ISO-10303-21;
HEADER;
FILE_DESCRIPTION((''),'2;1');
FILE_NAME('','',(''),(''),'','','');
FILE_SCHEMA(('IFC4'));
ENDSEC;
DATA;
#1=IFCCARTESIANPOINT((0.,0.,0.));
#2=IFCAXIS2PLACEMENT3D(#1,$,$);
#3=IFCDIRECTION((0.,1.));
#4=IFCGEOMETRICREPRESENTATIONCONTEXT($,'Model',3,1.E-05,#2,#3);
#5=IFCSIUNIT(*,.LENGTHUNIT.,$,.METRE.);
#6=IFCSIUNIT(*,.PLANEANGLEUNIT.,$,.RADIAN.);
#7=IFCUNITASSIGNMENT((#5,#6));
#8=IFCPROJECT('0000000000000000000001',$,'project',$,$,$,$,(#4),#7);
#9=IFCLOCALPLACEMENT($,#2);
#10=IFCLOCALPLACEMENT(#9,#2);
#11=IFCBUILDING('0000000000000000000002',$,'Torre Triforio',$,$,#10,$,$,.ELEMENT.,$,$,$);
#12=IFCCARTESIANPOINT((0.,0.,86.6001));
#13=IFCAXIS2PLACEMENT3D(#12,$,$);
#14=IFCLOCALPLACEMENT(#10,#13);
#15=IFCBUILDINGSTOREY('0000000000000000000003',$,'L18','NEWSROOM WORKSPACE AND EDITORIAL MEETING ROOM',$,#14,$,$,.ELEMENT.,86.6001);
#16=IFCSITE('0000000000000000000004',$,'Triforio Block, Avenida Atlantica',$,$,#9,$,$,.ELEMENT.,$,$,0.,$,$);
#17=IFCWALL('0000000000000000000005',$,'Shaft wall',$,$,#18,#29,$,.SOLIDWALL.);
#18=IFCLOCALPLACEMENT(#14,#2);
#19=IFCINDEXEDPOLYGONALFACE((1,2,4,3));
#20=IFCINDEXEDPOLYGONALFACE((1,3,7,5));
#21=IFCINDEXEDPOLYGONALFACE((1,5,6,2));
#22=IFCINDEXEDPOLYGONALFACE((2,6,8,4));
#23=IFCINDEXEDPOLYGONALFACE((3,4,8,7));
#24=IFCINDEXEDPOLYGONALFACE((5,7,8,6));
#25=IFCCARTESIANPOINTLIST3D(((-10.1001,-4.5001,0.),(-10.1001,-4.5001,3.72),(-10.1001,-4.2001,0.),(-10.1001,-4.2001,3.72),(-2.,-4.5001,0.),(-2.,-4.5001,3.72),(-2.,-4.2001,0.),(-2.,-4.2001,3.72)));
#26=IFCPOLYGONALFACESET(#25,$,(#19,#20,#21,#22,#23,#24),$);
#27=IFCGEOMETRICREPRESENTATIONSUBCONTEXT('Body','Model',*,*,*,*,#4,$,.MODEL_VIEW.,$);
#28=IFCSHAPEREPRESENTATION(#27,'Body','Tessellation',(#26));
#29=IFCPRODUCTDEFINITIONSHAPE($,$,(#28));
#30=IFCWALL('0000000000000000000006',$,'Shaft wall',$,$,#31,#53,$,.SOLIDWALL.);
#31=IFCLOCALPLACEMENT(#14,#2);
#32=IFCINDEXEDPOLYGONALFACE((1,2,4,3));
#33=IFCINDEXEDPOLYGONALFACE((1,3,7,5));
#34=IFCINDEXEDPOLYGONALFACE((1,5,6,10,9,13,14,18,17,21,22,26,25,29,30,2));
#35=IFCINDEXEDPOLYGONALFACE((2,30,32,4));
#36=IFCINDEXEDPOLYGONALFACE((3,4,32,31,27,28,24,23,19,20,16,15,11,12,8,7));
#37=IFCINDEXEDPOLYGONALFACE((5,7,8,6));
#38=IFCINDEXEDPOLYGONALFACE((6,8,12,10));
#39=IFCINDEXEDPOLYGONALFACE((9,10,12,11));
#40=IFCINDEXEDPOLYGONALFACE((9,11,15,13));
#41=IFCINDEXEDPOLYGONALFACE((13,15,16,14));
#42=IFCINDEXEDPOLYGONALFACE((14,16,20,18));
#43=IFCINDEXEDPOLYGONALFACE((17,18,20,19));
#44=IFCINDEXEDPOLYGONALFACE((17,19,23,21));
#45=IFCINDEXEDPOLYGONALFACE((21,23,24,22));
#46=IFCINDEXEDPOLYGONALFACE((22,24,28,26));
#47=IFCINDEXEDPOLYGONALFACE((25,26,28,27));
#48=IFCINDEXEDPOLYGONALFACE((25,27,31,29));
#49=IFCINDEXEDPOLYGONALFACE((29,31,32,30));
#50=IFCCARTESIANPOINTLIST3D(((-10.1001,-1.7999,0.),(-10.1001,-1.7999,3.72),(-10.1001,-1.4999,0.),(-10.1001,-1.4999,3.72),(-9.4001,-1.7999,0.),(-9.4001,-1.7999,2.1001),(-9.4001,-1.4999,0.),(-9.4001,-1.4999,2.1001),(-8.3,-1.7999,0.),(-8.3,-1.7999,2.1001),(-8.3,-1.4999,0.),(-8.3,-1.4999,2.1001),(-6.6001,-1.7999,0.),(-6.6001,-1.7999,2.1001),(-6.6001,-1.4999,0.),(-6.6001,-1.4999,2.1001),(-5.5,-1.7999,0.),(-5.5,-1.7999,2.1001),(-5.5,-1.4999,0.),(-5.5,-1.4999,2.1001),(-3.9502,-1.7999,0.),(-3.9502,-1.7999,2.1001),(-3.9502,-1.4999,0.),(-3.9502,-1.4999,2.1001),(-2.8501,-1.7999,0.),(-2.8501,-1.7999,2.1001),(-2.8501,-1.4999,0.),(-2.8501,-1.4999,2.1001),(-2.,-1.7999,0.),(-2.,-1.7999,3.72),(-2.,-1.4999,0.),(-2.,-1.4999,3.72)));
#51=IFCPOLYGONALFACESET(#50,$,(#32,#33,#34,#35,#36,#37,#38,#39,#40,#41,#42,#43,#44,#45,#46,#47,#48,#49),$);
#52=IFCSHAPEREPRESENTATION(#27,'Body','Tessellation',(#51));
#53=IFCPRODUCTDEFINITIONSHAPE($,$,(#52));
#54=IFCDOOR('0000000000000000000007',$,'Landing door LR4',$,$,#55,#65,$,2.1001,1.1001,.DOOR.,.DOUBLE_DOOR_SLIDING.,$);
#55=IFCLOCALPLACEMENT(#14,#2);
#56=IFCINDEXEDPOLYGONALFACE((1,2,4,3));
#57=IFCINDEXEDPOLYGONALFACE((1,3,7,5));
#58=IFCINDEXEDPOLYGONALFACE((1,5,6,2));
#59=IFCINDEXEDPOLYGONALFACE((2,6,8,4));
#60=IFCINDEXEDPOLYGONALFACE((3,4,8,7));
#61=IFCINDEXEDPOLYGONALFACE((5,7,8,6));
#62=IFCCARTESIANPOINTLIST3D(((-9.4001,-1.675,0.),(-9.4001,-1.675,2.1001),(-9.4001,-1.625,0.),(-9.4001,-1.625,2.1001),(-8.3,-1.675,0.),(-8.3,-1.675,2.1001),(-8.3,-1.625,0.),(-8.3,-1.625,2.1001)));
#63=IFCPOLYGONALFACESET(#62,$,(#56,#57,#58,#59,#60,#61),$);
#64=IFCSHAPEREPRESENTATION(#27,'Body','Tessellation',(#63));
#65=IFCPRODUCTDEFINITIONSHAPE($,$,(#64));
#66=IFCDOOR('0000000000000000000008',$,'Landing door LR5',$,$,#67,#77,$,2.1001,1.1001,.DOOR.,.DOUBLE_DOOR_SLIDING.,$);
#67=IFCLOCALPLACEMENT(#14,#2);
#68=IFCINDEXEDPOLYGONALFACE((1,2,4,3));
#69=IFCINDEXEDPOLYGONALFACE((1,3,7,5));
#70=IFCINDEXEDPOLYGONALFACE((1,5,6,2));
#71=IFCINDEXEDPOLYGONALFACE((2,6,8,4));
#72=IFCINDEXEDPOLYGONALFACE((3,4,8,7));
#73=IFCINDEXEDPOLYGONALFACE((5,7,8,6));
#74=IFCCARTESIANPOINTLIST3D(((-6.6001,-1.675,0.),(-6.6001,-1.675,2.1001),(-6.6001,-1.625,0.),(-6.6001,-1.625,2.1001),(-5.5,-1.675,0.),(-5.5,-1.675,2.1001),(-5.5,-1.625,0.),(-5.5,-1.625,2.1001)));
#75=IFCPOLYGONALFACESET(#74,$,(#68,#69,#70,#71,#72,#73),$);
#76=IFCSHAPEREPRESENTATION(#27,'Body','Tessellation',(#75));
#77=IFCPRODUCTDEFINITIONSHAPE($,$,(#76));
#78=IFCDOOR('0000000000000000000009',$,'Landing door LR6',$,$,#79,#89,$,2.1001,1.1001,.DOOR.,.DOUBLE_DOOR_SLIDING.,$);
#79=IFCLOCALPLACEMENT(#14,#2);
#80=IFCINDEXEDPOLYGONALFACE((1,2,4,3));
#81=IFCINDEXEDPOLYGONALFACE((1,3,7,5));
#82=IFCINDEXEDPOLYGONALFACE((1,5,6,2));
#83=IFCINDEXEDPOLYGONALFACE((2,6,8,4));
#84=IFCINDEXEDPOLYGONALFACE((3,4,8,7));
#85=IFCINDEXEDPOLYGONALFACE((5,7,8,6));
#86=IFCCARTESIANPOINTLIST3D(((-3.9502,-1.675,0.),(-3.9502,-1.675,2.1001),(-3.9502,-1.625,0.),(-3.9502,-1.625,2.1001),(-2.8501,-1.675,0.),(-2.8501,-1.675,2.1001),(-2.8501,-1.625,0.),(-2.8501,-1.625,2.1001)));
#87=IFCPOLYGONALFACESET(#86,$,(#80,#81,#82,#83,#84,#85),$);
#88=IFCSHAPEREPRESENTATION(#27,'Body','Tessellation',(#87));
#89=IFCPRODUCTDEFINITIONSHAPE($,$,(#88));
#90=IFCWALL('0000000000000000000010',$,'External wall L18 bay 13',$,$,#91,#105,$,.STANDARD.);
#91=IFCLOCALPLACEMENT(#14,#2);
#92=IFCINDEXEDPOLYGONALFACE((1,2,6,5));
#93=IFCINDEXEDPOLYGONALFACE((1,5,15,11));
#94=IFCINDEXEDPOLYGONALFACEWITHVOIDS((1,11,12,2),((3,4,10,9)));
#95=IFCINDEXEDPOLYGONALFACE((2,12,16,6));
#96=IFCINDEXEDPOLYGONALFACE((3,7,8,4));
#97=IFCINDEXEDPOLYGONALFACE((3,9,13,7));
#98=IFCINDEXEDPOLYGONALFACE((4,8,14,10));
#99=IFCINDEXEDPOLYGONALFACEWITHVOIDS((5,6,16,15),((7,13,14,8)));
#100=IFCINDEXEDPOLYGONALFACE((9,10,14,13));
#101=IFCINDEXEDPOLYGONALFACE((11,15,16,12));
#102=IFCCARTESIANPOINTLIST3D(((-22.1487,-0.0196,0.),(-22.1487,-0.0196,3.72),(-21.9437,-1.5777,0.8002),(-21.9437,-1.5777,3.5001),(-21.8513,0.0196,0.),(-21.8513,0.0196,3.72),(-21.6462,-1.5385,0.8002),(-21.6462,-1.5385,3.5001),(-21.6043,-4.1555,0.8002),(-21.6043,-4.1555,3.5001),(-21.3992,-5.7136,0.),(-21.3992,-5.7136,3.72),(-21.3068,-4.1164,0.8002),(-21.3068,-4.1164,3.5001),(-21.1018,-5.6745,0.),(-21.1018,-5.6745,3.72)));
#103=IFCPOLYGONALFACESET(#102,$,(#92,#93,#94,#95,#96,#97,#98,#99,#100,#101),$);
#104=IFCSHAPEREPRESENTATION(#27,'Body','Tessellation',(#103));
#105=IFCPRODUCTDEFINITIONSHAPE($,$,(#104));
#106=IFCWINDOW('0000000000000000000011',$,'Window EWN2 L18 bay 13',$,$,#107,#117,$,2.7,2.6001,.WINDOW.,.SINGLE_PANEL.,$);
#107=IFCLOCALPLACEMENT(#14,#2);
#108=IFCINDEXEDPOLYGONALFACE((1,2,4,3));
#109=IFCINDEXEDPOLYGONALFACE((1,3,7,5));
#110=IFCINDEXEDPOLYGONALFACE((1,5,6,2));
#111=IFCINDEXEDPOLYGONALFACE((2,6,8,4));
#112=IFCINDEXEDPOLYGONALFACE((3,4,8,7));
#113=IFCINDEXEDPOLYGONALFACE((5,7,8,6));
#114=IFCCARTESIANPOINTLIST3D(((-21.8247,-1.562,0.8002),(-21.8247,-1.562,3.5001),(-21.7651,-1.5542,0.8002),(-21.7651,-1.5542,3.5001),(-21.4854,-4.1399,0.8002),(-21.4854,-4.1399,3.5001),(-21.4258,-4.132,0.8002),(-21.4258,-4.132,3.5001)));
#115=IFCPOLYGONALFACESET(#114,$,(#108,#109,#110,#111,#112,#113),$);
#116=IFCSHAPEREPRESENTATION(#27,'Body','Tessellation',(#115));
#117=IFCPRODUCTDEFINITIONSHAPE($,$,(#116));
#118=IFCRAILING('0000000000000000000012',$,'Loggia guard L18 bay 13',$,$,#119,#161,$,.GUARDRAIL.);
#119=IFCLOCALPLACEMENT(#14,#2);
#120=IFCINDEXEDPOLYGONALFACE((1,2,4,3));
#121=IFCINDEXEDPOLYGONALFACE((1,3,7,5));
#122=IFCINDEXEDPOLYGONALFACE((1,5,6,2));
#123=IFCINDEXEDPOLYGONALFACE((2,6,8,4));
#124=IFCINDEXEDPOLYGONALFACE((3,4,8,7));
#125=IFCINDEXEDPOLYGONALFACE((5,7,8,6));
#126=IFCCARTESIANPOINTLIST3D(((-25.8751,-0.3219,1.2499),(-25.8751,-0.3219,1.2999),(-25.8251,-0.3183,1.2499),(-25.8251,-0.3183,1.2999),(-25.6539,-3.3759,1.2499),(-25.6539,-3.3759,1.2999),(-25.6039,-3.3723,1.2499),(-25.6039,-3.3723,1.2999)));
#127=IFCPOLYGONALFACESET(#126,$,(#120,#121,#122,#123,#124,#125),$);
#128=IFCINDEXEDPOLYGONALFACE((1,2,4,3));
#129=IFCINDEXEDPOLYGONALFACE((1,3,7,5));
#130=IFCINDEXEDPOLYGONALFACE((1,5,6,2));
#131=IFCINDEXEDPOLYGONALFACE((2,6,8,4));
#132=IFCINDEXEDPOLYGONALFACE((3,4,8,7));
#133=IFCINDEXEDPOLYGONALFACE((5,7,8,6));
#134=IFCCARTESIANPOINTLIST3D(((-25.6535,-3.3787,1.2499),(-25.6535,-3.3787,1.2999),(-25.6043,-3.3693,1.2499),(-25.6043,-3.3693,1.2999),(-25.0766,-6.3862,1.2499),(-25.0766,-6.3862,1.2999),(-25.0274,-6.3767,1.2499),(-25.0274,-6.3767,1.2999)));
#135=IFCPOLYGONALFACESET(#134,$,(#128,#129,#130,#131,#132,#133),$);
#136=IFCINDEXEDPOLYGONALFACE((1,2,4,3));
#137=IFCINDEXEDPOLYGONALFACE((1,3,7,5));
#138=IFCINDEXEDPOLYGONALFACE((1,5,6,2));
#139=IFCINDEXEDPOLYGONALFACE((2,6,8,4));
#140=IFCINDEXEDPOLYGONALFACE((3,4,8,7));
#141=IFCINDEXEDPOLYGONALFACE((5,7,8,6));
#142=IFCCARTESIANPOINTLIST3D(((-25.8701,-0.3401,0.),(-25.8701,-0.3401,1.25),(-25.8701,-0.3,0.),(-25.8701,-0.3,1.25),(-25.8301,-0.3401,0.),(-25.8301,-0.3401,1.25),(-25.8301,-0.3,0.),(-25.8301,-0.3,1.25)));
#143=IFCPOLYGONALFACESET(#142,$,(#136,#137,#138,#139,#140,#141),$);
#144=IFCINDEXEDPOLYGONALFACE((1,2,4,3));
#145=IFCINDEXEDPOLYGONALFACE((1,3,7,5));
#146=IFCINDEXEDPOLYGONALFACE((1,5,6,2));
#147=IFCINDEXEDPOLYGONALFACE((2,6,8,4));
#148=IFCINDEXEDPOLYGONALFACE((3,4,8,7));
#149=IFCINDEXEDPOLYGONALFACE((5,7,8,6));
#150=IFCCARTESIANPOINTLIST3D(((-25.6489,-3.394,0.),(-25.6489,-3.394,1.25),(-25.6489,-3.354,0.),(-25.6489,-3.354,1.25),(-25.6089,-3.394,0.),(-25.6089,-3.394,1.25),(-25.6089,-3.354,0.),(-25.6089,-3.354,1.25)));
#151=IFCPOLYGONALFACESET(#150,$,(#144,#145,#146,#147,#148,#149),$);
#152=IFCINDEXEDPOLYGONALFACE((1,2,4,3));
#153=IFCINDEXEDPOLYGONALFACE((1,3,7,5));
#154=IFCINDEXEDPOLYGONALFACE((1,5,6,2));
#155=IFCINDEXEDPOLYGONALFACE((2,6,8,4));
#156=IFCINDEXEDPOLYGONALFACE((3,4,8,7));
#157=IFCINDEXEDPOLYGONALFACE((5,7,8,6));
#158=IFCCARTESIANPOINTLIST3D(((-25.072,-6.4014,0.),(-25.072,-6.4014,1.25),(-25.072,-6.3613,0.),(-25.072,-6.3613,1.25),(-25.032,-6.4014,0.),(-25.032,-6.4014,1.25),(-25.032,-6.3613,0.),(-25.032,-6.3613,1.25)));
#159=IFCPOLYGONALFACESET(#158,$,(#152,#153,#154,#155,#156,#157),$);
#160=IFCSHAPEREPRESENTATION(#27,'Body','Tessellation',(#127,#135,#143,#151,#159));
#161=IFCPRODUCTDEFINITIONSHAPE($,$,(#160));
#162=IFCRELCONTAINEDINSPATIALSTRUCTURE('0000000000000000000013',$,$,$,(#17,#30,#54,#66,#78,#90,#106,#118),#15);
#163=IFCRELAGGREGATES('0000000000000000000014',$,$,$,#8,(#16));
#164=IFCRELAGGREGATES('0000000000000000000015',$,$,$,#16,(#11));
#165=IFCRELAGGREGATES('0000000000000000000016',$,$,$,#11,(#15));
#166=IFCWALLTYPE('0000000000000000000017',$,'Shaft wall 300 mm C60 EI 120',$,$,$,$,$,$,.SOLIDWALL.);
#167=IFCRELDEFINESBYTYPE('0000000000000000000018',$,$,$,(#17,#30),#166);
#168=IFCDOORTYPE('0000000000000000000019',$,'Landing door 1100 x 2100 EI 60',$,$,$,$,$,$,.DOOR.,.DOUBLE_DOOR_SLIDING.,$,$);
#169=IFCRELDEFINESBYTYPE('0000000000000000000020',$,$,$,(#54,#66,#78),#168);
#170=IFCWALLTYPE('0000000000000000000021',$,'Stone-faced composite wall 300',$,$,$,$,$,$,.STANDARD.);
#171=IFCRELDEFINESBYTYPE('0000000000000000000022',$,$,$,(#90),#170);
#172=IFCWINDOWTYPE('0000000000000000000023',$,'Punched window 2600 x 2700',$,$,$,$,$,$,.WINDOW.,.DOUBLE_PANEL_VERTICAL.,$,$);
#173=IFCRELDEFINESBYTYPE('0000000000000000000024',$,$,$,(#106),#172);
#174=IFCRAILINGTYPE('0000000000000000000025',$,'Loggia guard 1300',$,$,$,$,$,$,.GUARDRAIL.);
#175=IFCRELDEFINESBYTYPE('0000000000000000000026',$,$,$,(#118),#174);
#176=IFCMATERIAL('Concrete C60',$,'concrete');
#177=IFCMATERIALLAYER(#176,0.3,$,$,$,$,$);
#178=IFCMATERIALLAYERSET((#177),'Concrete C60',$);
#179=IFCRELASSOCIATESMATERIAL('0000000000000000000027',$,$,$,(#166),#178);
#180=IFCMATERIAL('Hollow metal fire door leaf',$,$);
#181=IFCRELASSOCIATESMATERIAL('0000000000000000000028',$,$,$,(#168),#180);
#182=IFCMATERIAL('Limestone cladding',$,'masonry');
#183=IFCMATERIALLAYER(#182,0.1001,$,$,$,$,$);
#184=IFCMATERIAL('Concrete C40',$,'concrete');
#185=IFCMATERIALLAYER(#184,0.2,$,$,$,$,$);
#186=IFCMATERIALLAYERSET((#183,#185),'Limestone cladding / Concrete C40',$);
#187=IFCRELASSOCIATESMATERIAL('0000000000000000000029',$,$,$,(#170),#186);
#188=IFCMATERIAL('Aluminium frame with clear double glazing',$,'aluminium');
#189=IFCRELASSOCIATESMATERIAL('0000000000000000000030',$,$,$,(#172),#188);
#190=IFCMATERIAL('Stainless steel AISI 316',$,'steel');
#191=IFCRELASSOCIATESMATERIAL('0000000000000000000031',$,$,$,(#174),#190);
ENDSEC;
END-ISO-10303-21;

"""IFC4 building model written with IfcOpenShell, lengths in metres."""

from ifc_helpers import new_model, si_unit, direction, frame, frame_2d, origin, origin_2d, place, context, subcontext, project, spatial, rectangle, extrude, material, layer, layer_set, type_object, element, fill, save


model = new_model("IFC4")

# Units and contexts
model_context = context("Model", 3, precision=1e-05, world=origin(), true_north=direction((0.0, 1.0)))
body_context = subcontext(model_context, "Body", "Model", "MODEL_VIEW")
ifc_project = project(units=[si_unit("LENGTHUNIT", "METRE"), si_unit("PLANEANGLEUNIT", "RADIAN")], contexts=[model_context])

# Site, building, storey
site_placement = place(None, origin())
site = spatial("IfcSite", under=ifc_project, at=site_placement, Name="Triforio Block, Avenida Atlantica", CompositionType="ELEMENT", RefElevation=0.0)
building_placement = place(site_placement, origin())
building = spatial("IfcBuilding", under=site, at=building_placement, Name="Torre Triforio", CompositionType="ELEMENT")
storey_placement = place(building_placement, frame((0.0, 0.0, 86.6001)))
storey = spatial("IfcBuildingStorey", under=building, at=storey_placement, Name="L18", Description="NEWSROOM WORKSPACE AND EDITORIAL MEETING ROOM", CompositionType="ELEMENT", Elevation=86.6001)

# Shared definitions
ifc_material_1 = material(Name="Concrete C60", Category="concrete")

# Shared definitions
ifc_material_2 = material(Name="Hollow metal fire door leaf")

# Wall
ifc_material_3 = material(Name="Limestone cladding", Category="masonry")
ifc_material_4 = material(Name="Concrete C40", Category="concrete")
ifc_layer_1 = layer(ifc_material_1, 0.3)
ifc_layer_set_1 = layer_set([ifc_layer_1], Name="Concrete C60")
wall_type_1 = type_object("IfcWallType", Name="Shaft wall 300 mm C60 EI 120", PredefinedType="SOLIDWALL", material=ifc_layer_set_1)
wall_1_placement = place(storey_placement, frame((-10.1001, -4.3501, 0.0), z_axis=(0.0, 0.0, 1.0), x_axis=(1.0, 0.0, 0.0)))
element("IfcWall", 1, at=wall_1_placement, inside=storey, type_object=wall_type_1, Name="Shaft wall", PredefinedType="SOLIDWALL", context=body_context, shape_type="SweptSolid", body=[
    extrude(rectangle(XDim=8.1001, YDim=0.3, at=frame_2d((4.05, 0.0))), origin(), (0.0, 0.0, 1.0), 3.72),
])

# Wall, openings, doors
wall_2_placement = place(storey_placement, frame((-10.1001, -1.6499, 0.0), z_axis=(0.0, 0.0, 1.0), x_axis=(1.0, 0.0, 0.0)))
wall_2 = element("IfcWall", 2, at=wall_2_placement, inside=storey, type_object=wall_type_1, Name="Shaft wall", PredefinedType="SOLIDWALL", context=body_context, shape_type="SweptSolid", body=[
    extrude(rectangle(XDim=8.1001, YDim=0.3, at=frame_2d((4.05, 0.0))), origin(), (0.0, 0.0, 1.0), 3.72),
])
opening_1_placement = place(wall_2_placement, frame((0.7, 0.0, 0.0)))
opening_1 = element("IfcOpeningElement", 3, at=opening_1_placement, cuts=wall_2, PredefinedType="OPENING", context=body_context, shape_type="SweptSolid", body=[
    extrude(rectangle(XDim=1.1001, YDim=2.1001, at=frame_2d((0.55, 1.05))), frame((0.0, 0.1599, 0.0), z_axis=(0.0, -1.0, 0.0), x_axis=(1.0, 0.0, 0.0)), (0.0, 0.0, 1.0), 0.3201),
])
opening_2_placement = place(wall_2_placement, frame((3.5, 0.0, 0.0)))
opening_2 = element("IfcOpeningElement", 4, at=opening_2_placement, cuts=wall_2, PredefinedType="OPENING", context=body_context, shape_type="SweptSolid", body=[
    extrude(rectangle(XDim=1.1001, YDim=2.1001, at=frame_2d((0.55, 1.05))), frame((0.0, 0.1599, 0.0), z_axis=(0.0, -1.0, 0.0), x_axis=(1.0, 0.0, 0.0)), (0.0, 0.0, 1.0), 0.3201),
])
opening_3_placement = place(wall_2_placement, frame((6.1499, 0.0, 0.0)))
opening_3 = element("IfcOpeningElement", 5, at=opening_3_placement, cuts=wall_2, PredefinedType="OPENING", context=body_context, shape_type="SweptSolid", body=[
    extrude(rectangle(XDim=1.1001, YDim=2.1001, at=frame_2d((0.55, 1.05))), frame((0.0, 0.1599, 0.0), z_axis=(0.0, -1.0, 0.0), x_axis=(1.0, 0.0, 0.0)), (0.0, 0.0, 1.0), 0.3201),
])
door_type_1 = type_object("IfcDoorType", Name="Landing door 1100 x 2100 EI 60", OperationType="DOUBLE_DOOR_SLIDING", PredefinedType="DOOR", material=ifc_material_2)
door_1_placement = place(opening_1_placement, origin())
door_1 = element("IfcDoor", 6, at=door_1_placement, inside=storey, type_object=door_type_1, Name="Landing door LR4", OperationType="DOUBLE_DOOR_SLIDING", OverallHeight=2.1001, OverallWidth=1.1001, PredefinedType="DOOR", context=body_context, shape_type="SweptSolid", body=[
    extrude(rectangle(XDim=1.1001, YDim=2.1001, at=frame_2d((0.55, 1.05))), frame((0.0, 0.0249, 0.0), z_axis=(0.0, -1.0, 0.0), x_axis=(1.0, 0.0, 0.0)), (0.0, 0.0, 1.0), 0.05),
])
fill(opening_1, door_1)
door_2_placement = place(opening_2_placement, origin())
door_2 = element("IfcDoor", 7, at=door_2_placement, inside=storey, type_object=door_type_1, Name="Landing door LR5", OperationType="DOUBLE_DOOR_SLIDING", OverallHeight=2.1001, OverallWidth=1.1001, PredefinedType="DOOR", context=body_context, shape_type="SweptSolid", body=[
    extrude(rectangle(XDim=1.1001, YDim=2.1001, at=frame_2d((0.55, 1.05))), frame((0.0, 0.0249, 0.0), z_axis=(0.0, -1.0, 0.0), x_axis=(1.0, 0.0, 0.0)), (0.0, 0.0, 1.0), 0.05),
])
fill(opening_2, door_2)
door_3_placement = place(opening_3_placement, origin())
door_3 = element("IfcDoor", 8, at=door_3_placement, inside=storey, type_object=door_type_1, Name="Landing door LR6", OperationType="DOUBLE_DOOR_SLIDING", OverallHeight=2.1001, OverallWidth=1.1001, PredefinedType="DOOR", context=body_context, shape_type="SweptSolid", body=[
    extrude(rectangle(XDim=1.1001, YDim=2.1001, at=frame_2d((0.55, 1.05))), frame((0.0, 0.0249, 0.0), z_axis=(0.0, -1.0, 0.0), x_axis=(1.0, 0.0, 0.0)), (0.0, 0.0, 1.0), 0.05),
])
fill(opening_3, door_3)

# Wall, opening, window
ifc_layer_2 = layer(ifc_material_3, 0.1001)
ifc_layer_3 = layer(ifc_material_4, 0.2)
ifc_layer_set_2 = layer_set([ifc_layer_2, ifc_layer_3], Name="Limestone cladding / Concrete C40")
wall_type_2 = type_object("IfcWallType", Name="Stone-faced composite wall 300", PredefinedType="STANDARD", material=ifc_layer_set_2)
wall_3_placement = place(storey_placement, frame((-22.0, 0.0, 0.0), z_axis=(0.0, 0.0, 1.0), x_axis=(0.130504, -0.991448, 0.0)))
wall_3 = element("IfcWall", 9, at=wall_3_placement, inside=storey, type_object=wall_type_2, Name="External wall L18 bay 13", PredefinedType="STANDARD", context=body_context, shape_type="SweptSolid", body=[
    extrude(rectangle(XDim=5.7432, YDim=0.3, at=frame_2d((2.8716, 0.0))), origin(), (0.0, 0.0, 1.0), 3.72),
])
opening_4_placement = place(wall_3_placement, frame((1.5715, 0.0, 0.8)))
opening_4 = element("IfcOpeningElement", 10, at=opening_4_placement, cuts=wall_3, PredefinedType="OPENING", context=body_context, shape_type="SweptSolid", body=[
    extrude(rectangle(XDim=2.6001, YDim=2.7, at=frame_2d((1.3, 1.3501))), frame((0.0, 0.1599, 0.0), z_axis=(0.0, -1.0, 0.0), x_axis=(1.0, 0.0, 0.0)), (0.0, 0.0, 1.0), 0.3201),
])
ifc_material_5 = material(Name="Aluminium frame with clear double glazing", Category="aluminium")
window_type_1 = type_object("IfcWindowType", Name="Punched window 2600 x 2700", PartitioningType="DOUBLE_PANEL_VERTICAL", PredefinedType="WINDOW", material=ifc_material_5)
window_1_placement = place(opening_4_placement, origin())
window_1 = element("IfcWindow", 11, at=window_1_placement, inside=storey, type_object=window_type_1, Name="Window EWN2 L18 bay 13", OverallHeight=2.7, OverallWidth=2.6001, PartitioningType="SINGLE_PANEL", PredefinedType="WINDOW", context=body_context, shape_type="SweptSolid", body=[
    extrude(rectangle(XDim=2.6001, YDim=2.7, at=frame_2d((1.3, 1.3501))), frame((0.0, 0.03, 0.0), z_axis=(0.0, -1.0, 0.0), x_axis=(1.0, 0.0, 0.0)), (0.0, 0.0, 1.0), 0.0601),
])
fill(opening_4, window_1)

# Railing
ifc_material_6 = material(Name="Stainless steel AISI 316", Category="steel")
railing_type = type_object("IfcRailingType", Name="Loggia guard 1300", PredefinedType="GUARDRAIL", material=ifc_material_6)
railing_1_placement = place(storey_placement, frame((-25.8501, -0.3201, 0.0)))
element("IfcRailing", 12, at=railing_1_placement, inside=storey, type_object=railing_type, Name="Loggia guard L18 bay 13", PredefinedType="GUARDRAIL", context=body_context, shape_type="SweptSolid", body=[
    extrude(rectangle(XDim=0.05, YDim=0.05, at=origin_2d()), frame((0.0, 0.0, 1.2749), z_axis=(0.072239, -0.997387, 0.0), x_axis=(0.997387, 0.072239, 0.0)), (0.0, 0.0, 1.0), 3.062),
    extrude(rectangle(XDim=0.05, YDim=0.05, at=origin_2d()), frame((0.2212, -3.054, 1.2749), z_axis=(0.188398, -0.982093, 0.0), x_axis=(0.982093, 0.188398, 0.0)), (0.0, 0.0, 1.0), 3.0623),
    extrude(rectangle(XDim=0.04, YDim=0.04, at=origin_2d()), origin(), (0.0, 0.0, 1.0), 1.25),
    extrude(rectangle(XDim=0.04, YDim=0.04, at=origin_2d()), frame((0.2212, -3.054, 0.0)), (0.0, 0.0, 1.0), 1.25),
    extrude(rectangle(XDim=0.04, YDim=0.04, at=origin_2d()), frame((0.7981, -6.0613, 0.0)), (0.0, 0.0, 1.0), 1.25),
])

save(model, "model.ifc")
